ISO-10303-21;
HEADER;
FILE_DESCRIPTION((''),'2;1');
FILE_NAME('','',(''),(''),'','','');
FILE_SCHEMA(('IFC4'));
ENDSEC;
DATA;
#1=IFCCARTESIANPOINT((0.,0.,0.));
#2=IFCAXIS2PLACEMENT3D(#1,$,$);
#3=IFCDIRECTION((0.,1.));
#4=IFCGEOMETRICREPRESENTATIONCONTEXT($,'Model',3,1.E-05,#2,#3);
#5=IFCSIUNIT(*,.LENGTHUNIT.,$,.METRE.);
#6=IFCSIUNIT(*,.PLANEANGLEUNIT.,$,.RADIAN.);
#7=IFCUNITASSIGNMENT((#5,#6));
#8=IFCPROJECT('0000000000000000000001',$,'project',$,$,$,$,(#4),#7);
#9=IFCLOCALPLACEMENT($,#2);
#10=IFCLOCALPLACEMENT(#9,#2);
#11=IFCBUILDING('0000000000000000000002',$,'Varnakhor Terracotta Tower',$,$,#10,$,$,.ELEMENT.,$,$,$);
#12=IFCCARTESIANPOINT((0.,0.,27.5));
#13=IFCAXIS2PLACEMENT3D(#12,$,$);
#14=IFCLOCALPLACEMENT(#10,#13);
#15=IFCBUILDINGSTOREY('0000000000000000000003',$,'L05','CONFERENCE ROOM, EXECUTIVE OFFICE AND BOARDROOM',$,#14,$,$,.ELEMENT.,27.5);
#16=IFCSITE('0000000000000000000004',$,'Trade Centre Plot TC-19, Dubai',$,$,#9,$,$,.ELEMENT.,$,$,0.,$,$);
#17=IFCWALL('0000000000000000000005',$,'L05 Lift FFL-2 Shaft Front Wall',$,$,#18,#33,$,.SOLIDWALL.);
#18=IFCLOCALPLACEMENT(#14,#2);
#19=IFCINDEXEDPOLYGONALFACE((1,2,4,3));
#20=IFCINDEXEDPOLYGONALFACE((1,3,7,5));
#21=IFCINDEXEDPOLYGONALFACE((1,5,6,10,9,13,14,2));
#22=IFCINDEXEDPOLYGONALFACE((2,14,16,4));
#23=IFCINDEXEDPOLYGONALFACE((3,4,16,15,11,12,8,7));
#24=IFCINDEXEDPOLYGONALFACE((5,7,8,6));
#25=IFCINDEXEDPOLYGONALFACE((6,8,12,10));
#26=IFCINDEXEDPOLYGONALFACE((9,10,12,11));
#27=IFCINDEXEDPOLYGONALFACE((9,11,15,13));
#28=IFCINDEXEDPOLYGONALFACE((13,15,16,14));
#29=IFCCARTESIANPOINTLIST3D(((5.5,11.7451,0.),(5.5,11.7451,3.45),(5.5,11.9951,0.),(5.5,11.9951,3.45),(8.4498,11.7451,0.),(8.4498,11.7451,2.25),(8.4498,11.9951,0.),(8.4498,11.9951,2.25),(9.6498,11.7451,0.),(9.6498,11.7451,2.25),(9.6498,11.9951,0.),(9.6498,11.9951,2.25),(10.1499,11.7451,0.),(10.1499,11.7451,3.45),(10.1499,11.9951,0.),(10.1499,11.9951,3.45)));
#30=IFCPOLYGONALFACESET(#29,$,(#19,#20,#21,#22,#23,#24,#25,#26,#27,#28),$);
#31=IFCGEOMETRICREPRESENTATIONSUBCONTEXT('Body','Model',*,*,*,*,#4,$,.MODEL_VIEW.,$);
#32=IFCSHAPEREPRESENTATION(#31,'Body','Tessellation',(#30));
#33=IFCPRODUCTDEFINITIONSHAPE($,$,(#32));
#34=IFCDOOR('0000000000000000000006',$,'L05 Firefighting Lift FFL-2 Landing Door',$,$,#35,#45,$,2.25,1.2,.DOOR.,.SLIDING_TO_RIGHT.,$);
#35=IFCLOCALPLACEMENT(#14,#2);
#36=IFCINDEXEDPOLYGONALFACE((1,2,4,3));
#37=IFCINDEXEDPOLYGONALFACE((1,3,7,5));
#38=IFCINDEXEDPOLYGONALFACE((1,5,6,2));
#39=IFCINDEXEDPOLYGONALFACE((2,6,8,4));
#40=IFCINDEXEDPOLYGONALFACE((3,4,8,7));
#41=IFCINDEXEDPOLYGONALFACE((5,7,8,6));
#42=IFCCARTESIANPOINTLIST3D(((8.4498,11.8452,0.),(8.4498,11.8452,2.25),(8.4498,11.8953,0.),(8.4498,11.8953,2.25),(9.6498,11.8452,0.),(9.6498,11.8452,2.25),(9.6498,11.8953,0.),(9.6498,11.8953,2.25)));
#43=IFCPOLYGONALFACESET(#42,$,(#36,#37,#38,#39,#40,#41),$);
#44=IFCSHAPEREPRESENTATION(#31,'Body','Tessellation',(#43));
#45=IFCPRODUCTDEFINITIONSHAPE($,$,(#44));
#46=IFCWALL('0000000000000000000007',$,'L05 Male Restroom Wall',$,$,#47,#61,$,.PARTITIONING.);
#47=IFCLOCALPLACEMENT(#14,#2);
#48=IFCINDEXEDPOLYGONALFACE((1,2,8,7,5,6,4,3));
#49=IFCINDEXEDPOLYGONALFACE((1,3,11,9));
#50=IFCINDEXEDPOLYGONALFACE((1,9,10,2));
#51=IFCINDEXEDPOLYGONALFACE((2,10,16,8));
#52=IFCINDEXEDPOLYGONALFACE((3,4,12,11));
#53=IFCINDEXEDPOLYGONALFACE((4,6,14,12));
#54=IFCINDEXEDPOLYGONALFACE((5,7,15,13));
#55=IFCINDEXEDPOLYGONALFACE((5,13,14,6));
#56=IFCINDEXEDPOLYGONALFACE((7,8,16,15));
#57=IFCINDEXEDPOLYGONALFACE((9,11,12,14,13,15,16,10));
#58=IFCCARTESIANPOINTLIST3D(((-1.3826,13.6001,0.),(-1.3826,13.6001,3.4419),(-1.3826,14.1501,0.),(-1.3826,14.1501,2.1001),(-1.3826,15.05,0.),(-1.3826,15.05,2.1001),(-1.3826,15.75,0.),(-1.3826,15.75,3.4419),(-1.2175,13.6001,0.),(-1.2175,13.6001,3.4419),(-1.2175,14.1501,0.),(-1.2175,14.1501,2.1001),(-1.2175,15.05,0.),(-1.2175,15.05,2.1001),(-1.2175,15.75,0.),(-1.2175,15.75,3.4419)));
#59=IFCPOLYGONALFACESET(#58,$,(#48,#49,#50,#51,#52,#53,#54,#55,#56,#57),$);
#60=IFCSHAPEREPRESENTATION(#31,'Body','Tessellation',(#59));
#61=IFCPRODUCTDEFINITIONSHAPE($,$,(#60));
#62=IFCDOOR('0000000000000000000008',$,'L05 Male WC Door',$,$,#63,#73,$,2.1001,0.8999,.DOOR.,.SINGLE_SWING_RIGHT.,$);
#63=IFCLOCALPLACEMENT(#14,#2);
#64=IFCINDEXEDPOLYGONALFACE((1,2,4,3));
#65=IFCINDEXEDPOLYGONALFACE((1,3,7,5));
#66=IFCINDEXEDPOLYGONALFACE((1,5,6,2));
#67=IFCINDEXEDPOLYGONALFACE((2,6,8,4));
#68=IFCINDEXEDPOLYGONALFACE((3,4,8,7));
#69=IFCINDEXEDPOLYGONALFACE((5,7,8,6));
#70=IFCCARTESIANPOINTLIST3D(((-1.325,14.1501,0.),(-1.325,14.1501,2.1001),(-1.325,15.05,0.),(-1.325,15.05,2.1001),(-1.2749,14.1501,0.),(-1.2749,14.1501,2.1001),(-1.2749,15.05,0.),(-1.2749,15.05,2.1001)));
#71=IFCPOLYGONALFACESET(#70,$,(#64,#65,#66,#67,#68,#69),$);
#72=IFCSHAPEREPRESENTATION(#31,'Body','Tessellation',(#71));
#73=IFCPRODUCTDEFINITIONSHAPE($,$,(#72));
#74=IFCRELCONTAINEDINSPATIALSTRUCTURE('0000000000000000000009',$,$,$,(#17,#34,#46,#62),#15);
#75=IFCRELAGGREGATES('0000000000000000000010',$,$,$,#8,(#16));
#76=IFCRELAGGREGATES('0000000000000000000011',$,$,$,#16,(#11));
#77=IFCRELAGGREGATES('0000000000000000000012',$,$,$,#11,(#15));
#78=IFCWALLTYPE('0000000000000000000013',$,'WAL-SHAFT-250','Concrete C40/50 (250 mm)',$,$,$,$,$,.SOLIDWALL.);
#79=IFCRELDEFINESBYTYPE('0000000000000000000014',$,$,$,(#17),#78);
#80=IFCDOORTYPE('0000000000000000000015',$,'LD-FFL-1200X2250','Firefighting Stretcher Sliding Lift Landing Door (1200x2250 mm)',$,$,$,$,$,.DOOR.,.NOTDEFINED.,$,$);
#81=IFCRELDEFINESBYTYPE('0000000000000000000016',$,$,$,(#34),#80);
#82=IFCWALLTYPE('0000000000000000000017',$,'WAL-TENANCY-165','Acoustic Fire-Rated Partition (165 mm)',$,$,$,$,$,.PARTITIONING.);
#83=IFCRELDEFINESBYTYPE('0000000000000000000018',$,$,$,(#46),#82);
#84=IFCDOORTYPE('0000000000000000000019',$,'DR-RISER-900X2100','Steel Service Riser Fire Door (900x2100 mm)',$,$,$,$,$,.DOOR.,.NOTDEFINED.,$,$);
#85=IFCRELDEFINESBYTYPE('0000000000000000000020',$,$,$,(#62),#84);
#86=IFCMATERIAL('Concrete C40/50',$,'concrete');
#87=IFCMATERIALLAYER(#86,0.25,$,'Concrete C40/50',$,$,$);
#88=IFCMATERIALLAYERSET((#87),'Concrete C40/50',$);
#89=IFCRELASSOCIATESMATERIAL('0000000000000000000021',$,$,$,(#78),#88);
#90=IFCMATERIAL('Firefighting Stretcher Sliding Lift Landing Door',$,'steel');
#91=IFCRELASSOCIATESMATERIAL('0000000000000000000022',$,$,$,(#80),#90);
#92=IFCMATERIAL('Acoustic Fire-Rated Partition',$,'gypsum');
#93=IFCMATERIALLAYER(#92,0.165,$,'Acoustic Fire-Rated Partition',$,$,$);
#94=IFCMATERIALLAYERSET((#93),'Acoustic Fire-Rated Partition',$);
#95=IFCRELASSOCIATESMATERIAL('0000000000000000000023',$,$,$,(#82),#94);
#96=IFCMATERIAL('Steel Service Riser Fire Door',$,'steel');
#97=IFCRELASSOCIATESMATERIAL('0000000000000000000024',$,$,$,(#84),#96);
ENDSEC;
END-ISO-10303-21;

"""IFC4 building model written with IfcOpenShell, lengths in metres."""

from ifc_helpers import new_model, si_unit, direction, frame, frame_2d, origin, place, context, subcontext, project, spatial, rectangle, extrude, source, transform, mapped, material, layer, layer_set, type_object, type_shapes, element, fill, save


model = new_model("IFC4")

# Units and contexts
model_context = context("Model", 3, precision=1e-05, world=origin(), true_north=direction((0.0, 1.0)))
body_context = subcontext(model_context, "Body", "Model", "MODEL_VIEW")
ifc_project = project(units=[si_unit("LENGTHUNIT", "METRE"), si_unit("PLANEANGLEUNIT", "RADIAN")], contexts=[model_context])

# Site, building, storey
site_placement = place(None, origin())
site = spatial("IfcSite", under=ifc_project, at=site_placement, Name="Trade Centre Plot TC-19, Dubai", CompositionType="ELEMENT", RefElevation=0.0)
building_placement = place(site_placement, origin())
building = spatial("IfcBuilding", under=site, at=building_placement, Name="Varnakhor Terracotta Tower", CompositionType="ELEMENT")
storey_placement = place(building_placement, frame((0.0, 0.0, 27.5)))
storey = spatial("IfcBuildingStorey", under=building, at=storey_placement, Name="L05", Description="CONFERENCE ROOM, EXECUTIVE OFFICE AND BOARDROOM", CompositionType="ELEMENT", Elevation=27.5)

# Walls, openings, doors
ifc_material_1 = material(Name="Concrete C40/50", Category="concrete")
ifc_layer_1 = layer(ifc_material_1, 0.25, Name="Concrete C40/50")
ifc_layer_set_1 = layer_set([ifc_layer_1], Name="Concrete C40/50")
wall_type_1 = type_object("IfcWallType", Name="WAL-SHAFT-250", Description="Concrete C40/50 (250 mm)", PredefinedType="SOLIDWALL", material=ifc_layer_set_1)
wall_1_placement = place(storey_placement, frame((10.1499, 11.8701, 0.0), z_axis=(0.0, 0.0, 1.0), x_axis=(-1.0, 0.0, 0.0)))
wall_1 = element("IfcWall", 1, at=wall_1_placement, inside=storey, type_object=wall_type_1, Name="L05 Lift FFL-2 Shaft Front Wall", PredefinedType="SOLIDWALL", context=body_context, shape_type="SweptSolid", body=[
    extrude(rectangle(XDim=4.6499, YDim=0.25, at=frame_2d((2.325, 0.0))), origin(), (0.0, 0.0, 1.0), 3.45),
])
opening_1_placement = place(wall_1_placement, frame((0.5, 0.0, 0.0)))
opening_1 = element("IfcOpeningElement", 2, at=opening_1_placement, cuts=wall_1, PredefinedType="OPENING", context=body_context, shape_type="SweptSolid", body=[
    extrude(rectangle(XDim=1.2, YDim=2.25, at=frame_2d((0.6001, 1.125))), frame((0.0, 0.135, 0.0), z_axis=(0.0, -1.0, 0.0), x_axis=(1.0, 0.0, 0.0)), (0.0, 0.0, 1.0), 0.27),
])
ifc_material_2 = material(Name="Firefighting Stretcher Sliding Lift Landing Door", Category="steel")
door_type_1 = type_object("IfcDoorType", Name="LD-FFL-1200X2250", Description="Firefighting Stretcher Sliding Lift Landing Door (1200x2250 mm)", OperationType="NOTDEFINED", PredefinedType="DOOR", material=ifc_material_2)
shared_shape_1 = source(origin(), body_context, "Body", "SweptSolid", [
    extrude(rectangle(XDim=1.2, YDim=2.25, at=frame_2d((0.6001, 1.125))), frame((0.0, 0.0249, 0.0), z_axis=(0.0, -1.0, 0.0), x_axis=(1.0, 0.0, 0.0)), (0.0, 0.0, 1.0), 0.05),
])
type_shapes(door_type_1, [shared_shape_1])
door_1_placement = place(opening_1_placement, origin())
door_1 = element("IfcDoor", 3, at=door_1_placement, inside=storey, type_object=door_type_1, Name="L05 Firefighting Lift FFL-2 Landing Door", OperationType="SLIDING_TO_RIGHT", OverallHeight=2.25, OverallWidth=1.2, PredefinedType="DOOR", context=body_context, shape_type="MappedRepresentation", body=[
    mapped(shared_shape_1, transform((0.0, 0.0, 0.0), scale=1.0)),
])
fill(opening_1, door_1)
ifc_material_3 = material(Name="Acoustic Fire-Rated Partition", Category="gypsum")
ifc_layer_2 = layer(ifc_material_3, 0.165, Name="Acoustic Fire-Rated Partition")
ifc_layer_set_2 = layer_set([ifc_layer_2], Name="Acoustic Fire-Rated Partition")
wall_type_2 = type_object("IfcWallType", Name="WAL-TENANCY-165", Description="Acoustic Fire-Rated Partition (165 mm)", PredefinedType="PARTITIONING", material=ifc_layer_set_2)
wall_2_placement = place(storey_placement, frame((-1.3, 13.6001, 0.0), z_axis=(0.0, 0.0, 1.0), x_axis=(0.0, 1.0, 0.0)))
wall_2 = element("IfcWall", 4, at=wall_2_placement, inside=storey, type_object=wall_type_2, Name="L05 Male Restroom Wall", PredefinedType="PARTITIONING", context=body_context, shape_type="SweptSolid", body=[
    extrude(rectangle(XDim=2.1499, YDim=0.165, at=frame_2d((1.075, 0.0))), origin(), (0.0, 0.0, 1.0), 3.4419),
])
opening_2_placement = place(wall_2_placement, frame((0.55, 0.0, 0.0)))
opening_2 = element("IfcOpeningElement", 5, at=opening_2_placement, cuts=wall_2, PredefinedType="OPENING", context=body_context, shape_type="SweptSolid", body=[
    extrude(rectangle(XDim=0.8999, YDim=2.1001, at=frame_2d((0.45, 1.05))), frame((0.0, 0.0925, 0.0), z_axis=(0.0, -1.0, 0.0), x_axis=(1.0, 0.0, 0.0)), (0.0, 0.0, 1.0), 0.1851),
])
ifc_material_4 = material(Name="Steel Service Riser Fire Door", Category="steel")
door_type_2 = type_object("IfcDoorType", Name="DR-RISER-900X2100", Description="Steel Service Riser Fire Door (900x2100 mm)", OperationType="NOTDEFINED", PredefinedType="DOOR", material=ifc_material_4)
shared_shape_2 = source(origin(), body_context, "Body", "SweptSolid", [
    extrude(rectangle(XDim=0.8999, YDim=2.1001, at=frame_2d((0.45, 1.05))), frame((0.0, 0.0249, 0.0), z_axis=(0.0, -1.0, 0.0), x_axis=(1.0, 0.0, 0.0)), (0.0, 0.0, 1.0), 0.05),
])
type_shapes(door_type_2, [shared_shape_2])
door_2_placement = place(opening_2_placement, origin())
door_2 = element("IfcDoor", 6, at=door_2_placement, inside=storey, type_object=door_type_2, Name="L05 Male WC Door", OperationType="SINGLE_SWING_RIGHT", OverallHeight=2.1001, OverallWidth=0.8999, PredefinedType="DOOR", context=body_context, shape_type="MappedRepresentation", body=[
    mapped(shared_shape_2, transform((0.0, 0.0, 0.0), scale=1.0)),
])
fill(opening_2, door_2)

save(model, "model.ifc")
